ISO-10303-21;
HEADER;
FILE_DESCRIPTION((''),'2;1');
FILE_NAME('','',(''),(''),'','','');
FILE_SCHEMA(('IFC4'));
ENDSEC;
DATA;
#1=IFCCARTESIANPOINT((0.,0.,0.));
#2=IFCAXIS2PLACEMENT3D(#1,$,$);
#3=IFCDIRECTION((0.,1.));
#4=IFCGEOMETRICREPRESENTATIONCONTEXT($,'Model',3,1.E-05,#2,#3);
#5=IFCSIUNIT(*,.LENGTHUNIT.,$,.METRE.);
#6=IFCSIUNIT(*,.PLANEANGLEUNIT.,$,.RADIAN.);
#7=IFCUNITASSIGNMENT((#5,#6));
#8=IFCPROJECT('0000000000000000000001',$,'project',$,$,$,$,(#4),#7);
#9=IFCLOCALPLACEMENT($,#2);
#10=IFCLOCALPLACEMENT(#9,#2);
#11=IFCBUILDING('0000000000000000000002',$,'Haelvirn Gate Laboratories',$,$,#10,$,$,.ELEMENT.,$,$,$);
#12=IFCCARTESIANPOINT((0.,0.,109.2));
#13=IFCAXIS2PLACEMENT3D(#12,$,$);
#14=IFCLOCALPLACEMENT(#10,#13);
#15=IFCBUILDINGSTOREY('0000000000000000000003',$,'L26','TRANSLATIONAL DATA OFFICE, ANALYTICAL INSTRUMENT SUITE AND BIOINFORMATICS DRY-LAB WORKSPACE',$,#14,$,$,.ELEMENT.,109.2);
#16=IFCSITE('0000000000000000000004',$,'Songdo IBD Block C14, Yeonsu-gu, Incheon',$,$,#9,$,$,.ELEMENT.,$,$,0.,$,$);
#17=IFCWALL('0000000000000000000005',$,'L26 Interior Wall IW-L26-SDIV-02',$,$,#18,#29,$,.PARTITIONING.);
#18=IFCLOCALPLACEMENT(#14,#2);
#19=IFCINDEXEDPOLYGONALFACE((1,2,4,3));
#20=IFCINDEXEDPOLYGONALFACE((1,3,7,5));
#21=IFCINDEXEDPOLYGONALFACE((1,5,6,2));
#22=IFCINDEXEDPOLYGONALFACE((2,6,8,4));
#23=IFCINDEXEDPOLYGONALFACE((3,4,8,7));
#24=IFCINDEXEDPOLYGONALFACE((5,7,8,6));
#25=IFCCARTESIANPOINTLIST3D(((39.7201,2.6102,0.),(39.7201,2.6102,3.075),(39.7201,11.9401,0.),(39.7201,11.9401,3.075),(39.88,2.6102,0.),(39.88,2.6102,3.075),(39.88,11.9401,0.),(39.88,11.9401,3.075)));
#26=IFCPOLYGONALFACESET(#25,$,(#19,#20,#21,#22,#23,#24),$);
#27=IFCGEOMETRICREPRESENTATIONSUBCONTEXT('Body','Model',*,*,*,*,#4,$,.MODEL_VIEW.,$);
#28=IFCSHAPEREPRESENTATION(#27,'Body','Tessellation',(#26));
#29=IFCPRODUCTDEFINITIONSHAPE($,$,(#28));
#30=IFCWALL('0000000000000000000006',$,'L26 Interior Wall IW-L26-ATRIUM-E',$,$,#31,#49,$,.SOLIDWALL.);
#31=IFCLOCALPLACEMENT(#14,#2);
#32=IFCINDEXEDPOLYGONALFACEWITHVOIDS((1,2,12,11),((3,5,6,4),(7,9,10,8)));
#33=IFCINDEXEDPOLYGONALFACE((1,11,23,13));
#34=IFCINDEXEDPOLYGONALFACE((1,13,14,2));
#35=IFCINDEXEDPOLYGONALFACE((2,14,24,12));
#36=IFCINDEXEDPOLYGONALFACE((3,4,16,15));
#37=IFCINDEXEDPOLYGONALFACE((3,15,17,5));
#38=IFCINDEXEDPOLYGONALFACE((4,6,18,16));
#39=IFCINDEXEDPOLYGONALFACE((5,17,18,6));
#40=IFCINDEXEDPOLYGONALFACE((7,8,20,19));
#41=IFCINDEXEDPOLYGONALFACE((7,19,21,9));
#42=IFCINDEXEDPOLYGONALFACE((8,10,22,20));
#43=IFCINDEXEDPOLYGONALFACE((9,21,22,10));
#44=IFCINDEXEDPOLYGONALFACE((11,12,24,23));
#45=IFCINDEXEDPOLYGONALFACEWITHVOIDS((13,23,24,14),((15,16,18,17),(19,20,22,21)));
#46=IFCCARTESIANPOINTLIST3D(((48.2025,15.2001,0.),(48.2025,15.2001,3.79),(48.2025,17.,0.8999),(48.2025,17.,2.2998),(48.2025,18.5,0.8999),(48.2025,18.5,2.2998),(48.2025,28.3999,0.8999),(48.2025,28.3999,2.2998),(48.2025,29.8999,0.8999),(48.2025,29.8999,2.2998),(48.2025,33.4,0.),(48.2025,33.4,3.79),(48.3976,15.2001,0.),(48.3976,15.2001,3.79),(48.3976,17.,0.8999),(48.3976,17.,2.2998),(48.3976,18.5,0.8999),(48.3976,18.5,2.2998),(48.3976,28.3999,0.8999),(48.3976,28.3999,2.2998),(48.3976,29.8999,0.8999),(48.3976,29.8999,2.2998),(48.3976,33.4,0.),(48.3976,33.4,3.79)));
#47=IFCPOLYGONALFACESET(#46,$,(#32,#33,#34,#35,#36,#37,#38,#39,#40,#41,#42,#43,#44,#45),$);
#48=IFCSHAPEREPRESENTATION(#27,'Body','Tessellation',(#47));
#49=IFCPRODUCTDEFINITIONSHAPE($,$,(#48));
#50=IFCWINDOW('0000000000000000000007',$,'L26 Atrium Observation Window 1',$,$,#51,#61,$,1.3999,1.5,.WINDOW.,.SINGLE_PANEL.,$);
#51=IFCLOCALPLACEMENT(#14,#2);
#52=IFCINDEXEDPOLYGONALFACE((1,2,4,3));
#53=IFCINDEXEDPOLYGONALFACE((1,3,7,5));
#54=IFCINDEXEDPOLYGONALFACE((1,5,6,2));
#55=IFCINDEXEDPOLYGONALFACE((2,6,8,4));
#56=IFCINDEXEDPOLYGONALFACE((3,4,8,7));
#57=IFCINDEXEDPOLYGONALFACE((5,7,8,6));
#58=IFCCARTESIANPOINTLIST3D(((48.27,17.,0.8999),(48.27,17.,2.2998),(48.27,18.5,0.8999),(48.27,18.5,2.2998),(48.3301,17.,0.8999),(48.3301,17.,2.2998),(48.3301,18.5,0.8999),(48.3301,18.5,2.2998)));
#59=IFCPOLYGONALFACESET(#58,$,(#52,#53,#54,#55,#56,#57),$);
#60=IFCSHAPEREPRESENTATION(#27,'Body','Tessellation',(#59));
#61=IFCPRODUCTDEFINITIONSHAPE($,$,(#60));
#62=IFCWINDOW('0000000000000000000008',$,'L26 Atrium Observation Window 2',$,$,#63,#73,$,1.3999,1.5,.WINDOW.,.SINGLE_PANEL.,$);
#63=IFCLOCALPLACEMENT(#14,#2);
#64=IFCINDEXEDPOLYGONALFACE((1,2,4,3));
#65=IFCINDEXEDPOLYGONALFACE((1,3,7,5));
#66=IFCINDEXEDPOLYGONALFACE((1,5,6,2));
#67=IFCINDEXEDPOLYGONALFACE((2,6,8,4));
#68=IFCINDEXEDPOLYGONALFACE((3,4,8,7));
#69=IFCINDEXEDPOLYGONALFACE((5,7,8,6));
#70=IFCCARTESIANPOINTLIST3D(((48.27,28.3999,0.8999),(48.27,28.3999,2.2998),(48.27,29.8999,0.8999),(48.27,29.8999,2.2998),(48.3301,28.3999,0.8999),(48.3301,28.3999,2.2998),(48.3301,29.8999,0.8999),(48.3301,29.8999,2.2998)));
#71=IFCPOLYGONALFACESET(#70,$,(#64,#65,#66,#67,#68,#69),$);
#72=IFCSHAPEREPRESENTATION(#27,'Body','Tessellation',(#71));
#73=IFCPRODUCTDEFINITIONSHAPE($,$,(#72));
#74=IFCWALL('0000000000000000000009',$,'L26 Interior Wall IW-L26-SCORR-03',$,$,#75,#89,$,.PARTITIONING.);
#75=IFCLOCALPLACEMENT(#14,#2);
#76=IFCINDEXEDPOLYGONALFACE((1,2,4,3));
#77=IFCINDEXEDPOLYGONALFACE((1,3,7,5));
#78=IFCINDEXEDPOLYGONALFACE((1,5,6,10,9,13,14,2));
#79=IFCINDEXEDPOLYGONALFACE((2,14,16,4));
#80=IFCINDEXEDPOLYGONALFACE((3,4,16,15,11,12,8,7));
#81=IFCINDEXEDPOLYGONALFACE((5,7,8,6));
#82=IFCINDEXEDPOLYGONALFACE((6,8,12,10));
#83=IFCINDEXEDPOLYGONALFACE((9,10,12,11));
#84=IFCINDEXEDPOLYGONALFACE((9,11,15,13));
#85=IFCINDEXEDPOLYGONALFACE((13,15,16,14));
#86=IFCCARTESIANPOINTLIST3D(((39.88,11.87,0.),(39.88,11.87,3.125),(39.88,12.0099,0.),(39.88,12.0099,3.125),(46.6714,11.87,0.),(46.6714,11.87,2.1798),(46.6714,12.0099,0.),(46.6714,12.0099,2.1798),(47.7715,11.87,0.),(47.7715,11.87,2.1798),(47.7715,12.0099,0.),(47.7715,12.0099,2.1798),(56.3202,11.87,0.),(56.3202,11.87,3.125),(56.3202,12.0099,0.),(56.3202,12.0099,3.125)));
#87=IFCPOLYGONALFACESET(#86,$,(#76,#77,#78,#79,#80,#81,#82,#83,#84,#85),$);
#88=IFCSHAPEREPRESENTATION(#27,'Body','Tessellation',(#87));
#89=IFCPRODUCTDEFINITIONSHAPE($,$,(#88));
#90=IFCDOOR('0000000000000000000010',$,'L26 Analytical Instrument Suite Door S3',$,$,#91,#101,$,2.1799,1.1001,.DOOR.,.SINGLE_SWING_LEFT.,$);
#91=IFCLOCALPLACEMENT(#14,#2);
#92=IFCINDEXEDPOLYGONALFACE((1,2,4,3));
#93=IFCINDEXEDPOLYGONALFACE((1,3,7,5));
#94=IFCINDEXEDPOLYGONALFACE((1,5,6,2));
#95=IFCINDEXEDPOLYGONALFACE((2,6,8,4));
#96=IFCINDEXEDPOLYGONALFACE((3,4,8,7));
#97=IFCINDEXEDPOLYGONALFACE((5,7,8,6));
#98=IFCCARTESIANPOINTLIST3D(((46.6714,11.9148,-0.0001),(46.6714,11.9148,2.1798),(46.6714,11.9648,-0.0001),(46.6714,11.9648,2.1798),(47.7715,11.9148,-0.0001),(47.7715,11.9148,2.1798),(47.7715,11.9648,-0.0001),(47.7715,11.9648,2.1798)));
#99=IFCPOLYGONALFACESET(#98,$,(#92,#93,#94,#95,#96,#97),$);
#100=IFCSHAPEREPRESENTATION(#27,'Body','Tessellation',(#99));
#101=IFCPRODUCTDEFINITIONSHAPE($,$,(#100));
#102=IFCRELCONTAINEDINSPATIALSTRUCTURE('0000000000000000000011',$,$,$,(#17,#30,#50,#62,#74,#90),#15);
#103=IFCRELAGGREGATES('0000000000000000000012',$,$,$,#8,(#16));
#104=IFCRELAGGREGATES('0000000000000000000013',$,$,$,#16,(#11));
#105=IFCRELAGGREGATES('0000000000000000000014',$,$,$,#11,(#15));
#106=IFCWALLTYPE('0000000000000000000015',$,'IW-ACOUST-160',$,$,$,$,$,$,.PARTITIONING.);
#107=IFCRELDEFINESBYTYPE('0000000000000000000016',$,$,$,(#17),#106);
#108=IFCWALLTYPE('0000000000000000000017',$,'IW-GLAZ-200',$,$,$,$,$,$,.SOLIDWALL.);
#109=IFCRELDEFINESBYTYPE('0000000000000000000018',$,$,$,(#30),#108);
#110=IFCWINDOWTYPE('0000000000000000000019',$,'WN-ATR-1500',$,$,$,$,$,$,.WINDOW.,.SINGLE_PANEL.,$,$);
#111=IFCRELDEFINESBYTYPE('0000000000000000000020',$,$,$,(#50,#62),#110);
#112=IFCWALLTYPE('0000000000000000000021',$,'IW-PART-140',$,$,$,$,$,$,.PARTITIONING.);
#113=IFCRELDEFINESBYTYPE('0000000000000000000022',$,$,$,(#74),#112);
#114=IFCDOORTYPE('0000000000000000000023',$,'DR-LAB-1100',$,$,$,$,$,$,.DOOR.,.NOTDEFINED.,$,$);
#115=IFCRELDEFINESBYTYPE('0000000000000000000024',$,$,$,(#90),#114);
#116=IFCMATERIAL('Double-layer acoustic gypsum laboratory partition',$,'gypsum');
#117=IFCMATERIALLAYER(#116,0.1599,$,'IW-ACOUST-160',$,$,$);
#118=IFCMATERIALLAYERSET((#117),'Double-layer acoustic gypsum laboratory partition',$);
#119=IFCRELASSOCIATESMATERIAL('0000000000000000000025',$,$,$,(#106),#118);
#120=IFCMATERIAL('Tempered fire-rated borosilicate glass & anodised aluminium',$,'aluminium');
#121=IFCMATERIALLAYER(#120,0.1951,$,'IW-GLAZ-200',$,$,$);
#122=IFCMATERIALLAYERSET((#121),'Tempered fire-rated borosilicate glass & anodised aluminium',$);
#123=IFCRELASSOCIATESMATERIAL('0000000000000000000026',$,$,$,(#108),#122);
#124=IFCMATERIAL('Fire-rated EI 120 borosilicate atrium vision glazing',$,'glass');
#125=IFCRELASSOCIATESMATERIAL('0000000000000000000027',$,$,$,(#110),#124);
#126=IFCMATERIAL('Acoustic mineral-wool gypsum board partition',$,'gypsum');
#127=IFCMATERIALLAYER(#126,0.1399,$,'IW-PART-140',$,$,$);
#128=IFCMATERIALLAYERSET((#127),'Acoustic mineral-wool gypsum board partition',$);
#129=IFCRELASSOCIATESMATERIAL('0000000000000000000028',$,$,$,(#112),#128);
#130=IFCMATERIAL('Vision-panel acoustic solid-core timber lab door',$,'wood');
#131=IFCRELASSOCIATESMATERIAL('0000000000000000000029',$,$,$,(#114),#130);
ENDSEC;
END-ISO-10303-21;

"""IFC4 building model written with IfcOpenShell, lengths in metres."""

from ifc_helpers import new_model, si_unit, direction, frame, frame_2d, origin, place, context, subcontext, project, spatial, rectangle, extrude, source, transform, mapped, material, layer, layer_set, type_object, type_shapes, element, fill, save


model = new_model("IFC4")

# Units and contexts
model_context = context("Model", 3, precision=1e-05, world=origin(), true_north=direction((0.0, 1.0)))
body_context = subcontext(model_context, "Body", "Model", "MODEL_VIEW")
ifc_project = project(units=[si_unit("LENGTHUNIT", "METRE"), si_unit("PLANEANGLEUNIT", "RADIAN")], contexts=[model_context])

# Site, building, storey
site_placement = place(None, origin())
site = spatial("IfcSite", under=ifc_project, at=site_placement, Name="Songdo IBD Block C14, Yeonsu-gu, Incheon", CompositionType="ELEMENT", RefElevation=0.0)
building_placement = place(site_placement, origin())
building = spatial("IfcBuilding", under=site, at=building_placement, Name="Haelvirn Gate Laboratories", CompositionType="ELEMENT")
storey_placement = place(building_placement, frame((0.0, 0.0, 109.2)))
storey = spatial("IfcBuildingStorey", under=building, at=storey_placement, Name="L26", Description="TRANSLATIONAL DATA OFFICE, ANALYTICAL INSTRUMENT SUITE AND BIOINFORMATICS DRY-LAB WORKSPACE", CompositionType="ELEMENT", Elevation=109.2)

# Wall
ifc_material_1 = material(Name="Double-layer acoustic gypsum laboratory partition", Category="gypsum")
ifc_layer_1 = layer(ifc_material_1, 0.1599, Name="IW-ACOUST-160")
ifc_layer_set_1 = layer_set([ifc_layer_1], Name="Double-layer acoustic gypsum laboratory partition")
wall_type_1 = type_object("IfcWallType", Name="IW-ACOUST-160", PredefinedType="PARTITIONING", material=ifc_layer_set_1)
wall_1_placement = place(storey_placement, frame((39.8, 2.6101, 0.0), z_axis=(0.0, 0.0, 1.0), x_axis=(0.0, 1.0, 0.0)))
element("IfcWall", 1, at=wall_1_placement, inside=storey, type_object=wall_type_1, Name="L26 Interior Wall IW-L26-SDIV-02", PredefinedType="PARTITIONING", context=body_context, shape_type="SweptSolid", body=[
    extrude(rectangle(XDim=9.3298, YDim=0.1599, at=frame_2d((4.665, 0.0))), origin(), (0.0, 0.0, 1.0), 3.075),
])

# Wall, openings, windows
ifc_material_2 = material(Name="Tempered fire-rated borosilicate glass & anodised aluminium", Category="aluminium")
ifc_layer_2 = layer(ifc_material_2, 0.1951, Name="IW-GLAZ-200")
ifc_layer_set_2 = layer_set([ifc_layer_2], Name="Tempered fire-rated borosilicate glass & anodised aluminium")
wall_type_2 = type_object("IfcWallType", Name="IW-GLAZ-200", PredefinedType="SOLIDWALL", material=ifc_layer_set_2)
wall_2_placement = place(storey_placement, frame((48.3, 15.2, 0.0), z_axis=(0.0, 0.0, 1.0), x_axis=(0.0, 1.0, 0.0)))
wall_2 = element("IfcWall", 2, at=wall_2_placement, inside=storey, type_object=wall_type_2, Name="L26 Interior Wall IW-L26-ATRIUM-E", PredefinedType="SOLIDWALL", context=body_context, shape_type="SweptSolid", body=[
    extrude(rectangle(XDim=18.2, YDim=0.1951, at=frame_2d((9.1001, 0.0))), origin(), (0.0, 0.0, 1.0), 3.79),
])
opening_1_placement = place(wall_2_placement, frame((1.8, 0.0, 0.8999)))
opening_1 = element("IfcOpeningElement", 3, at=opening_1_placement, cuts=wall_2, PredefinedType="OPENING", context=body_context, shape_type="SweptSolid", body=[
    extrude(rectangle(XDim=1.5, YDim=1.3999, at=frame_2d((0.75, 0.7))), frame((0.0, 0.1074, 0.0), z_axis=(0.0, -1.0, 0.0), x_axis=(1.0, 0.0, 0.0)), (0.0, 0.0, 1.0), 0.2151),
])
opening_2_placement = place(wall_2_placement, frame((13.2, 0.0, 0.8999)))
opening_2 = element("IfcOpeningElement", 4, at=opening_2_placement, cuts=wall_2, PredefinedType="OPENING", context=body_context, shape_type="SweptSolid", body=[
    extrude(rectangle(XDim=1.5, YDim=1.3999, at=frame_2d((0.75, 0.7))), frame((0.0, 0.1074, 0.0), z_axis=(0.0, -1.0, 0.0), x_axis=(1.0, 0.0, 0.0)), (0.0, 0.0, 1.0), 0.2151),
])
ifc_material_3 = material(Name="Fire-rated EI 120 borosilicate atrium vision glazing", Category="glass")
window_type = type_object("IfcWindowType", Name="WN-ATR-1500", PartitioningType="SINGLE_PANEL", PredefinedType="WINDOW", material=ifc_material_3)
shared_shape_1 = source(origin(), body_context, "Body", "SweptSolid", [
    extrude(rectangle(XDim=1.5, YDim=1.3999, at=frame_2d((0.75, 0.7))), frame((0.0, 0.03, 0.0), z_axis=(0.0, -1.0, 0.0), x_axis=(1.0, 0.0, 0.0)), (0.0, 0.0, 1.0), 0.0601),
])
type_shapes(window_type, [shared_shape_1])
window_1_placement = place(opening_1_placement, origin())
window_1 = element("IfcWindow", 5, at=window_1_placement, inside=storey, type_object=window_type, Name="L26 Atrium Observation Window 1", OverallHeight=1.3999, OverallWidth=1.5, PartitioningType="SINGLE_PANEL", PredefinedType="WINDOW", context=body_context, shape_type="MappedRepresentation", body=[
    mapped(shared_shape_1, transform((0.0, 0.0, 0.0), scale=1.0)),
])
fill(opening_1, window_1)
window_2_placement = place(opening_2_placement, origin())
window_2 = element("IfcWindow", 6, at=window_2_placement, inside=storey, type_object=window_type, Name="L26 Atrium Observation Window 2", OverallHeight=1.3999, OverallWidth=1.5, PartitioningType="SINGLE_PANEL", PredefinedType="WINDOW", context=body_context, shape_type="MappedRepresentation", body=[
    mapped(shared_shape_1, transform((0.0, 0.0, 0.0), scale=1.0)),
])
fill(opening_2, window_2)

# Wall, opening, door
ifc_material_4 = material(Name="Acoustic mineral-wool gypsum board partition", Category="gypsum")
ifc_layer_3 = layer(ifc_material_4, 0.1399, Name="IW-PART-140")
ifc_layer_set_3 = layer_set([ifc_layer_3], Name="Acoustic mineral-wool gypsum board partition")
wall_type_3 = type_object("IfcWallType", Name="IW-PART-140", PredefinedType="PARTITIONING", material=ifc_layer_set_3)
wall_3_placement = place(storey_placement, frame((39.8799, 11.9399, 0.0), z_axis=(0.0, 0.0, 1.0), x_axis=(1.0, 0.0, 0.0)))
wall_3 = element("IfcWall", 7, at=wall_3_placement, inside=storey, type_object=wall_type_3, Name="L26 Interior Wall IW-L26-SCORR-03", PredefinedType="PARTITIONING", context=body_context, shape_type="SweptSolid", body=[
    extrude(rectangle(XDim=16.4402, YDim=0.1399, at=frame_2d((8.2202, 0.0))), origin(), (0.0, 0.0, 1.0), 3.125),
])
opening_3_placement = place(wall_3_placement, frame((6.7915, 0.0, 0.0)))
opening_3 = element("IfcOpeningElement", 8, at=opening_3_placement, cuts=wall_3, PredefinedType="OPENING", context=body_context, shape_type="SweptSolid", body=[
    extrude(rectangle(XDim=1.1001, YDim=2.1799, at=frame_2d((0.55, 1.0898))), frame((0.0, 0.0801, 0.0), z_axis=(0.0, -1.0, 0.0), x_axis=(1.0, 0.0, 0.0)), (0.0, 0.0, 1.0), 0.1599),
])
ifc_material_5 = material(Name="Vision-panel acoustic solid-core timber lab door", Category="wood")
door_type_1 = type_object("IfcDoorType", Name="DR-LAB-1100", OperationType="NOTDEFINED", PredefinedType="DOOR", material=ifc_material_5)
shared_shape_2 = source(origin(), body_context, "Body", "SweptSolid", [
    extrude(rectangle(XDim=1.1001, YDim=2.1799, at=frame_2d((0.55, 1.0898))), frame((0.0, 0.0249, 0.0), z_axis=(0.0, -1.0, 0.0), x_axis=(1.0, 0.0, 0.0)), (0.0, 0.0, 1.0), 0.05),
])
type_shapes(door_type_1, [shared_shape_2])
door_1_placement = place(opening_3_placement, origin())
door_1 = element("IfcDoor", 9, at=door_1_placement, inside=storey, type_object=door_type_1, Name="L26 Analytical Instrument Suite Door S3", OperationType="SINGLE_SWING_LEFT", OverallHeight=2.1799, OverallWidth=1.1001, PredefinedType="DOOR", context=body_context, shape_type="MappedRepresentation", body=[
    mapped(shared_shape_2, transform((0.0, 0.0, 0.0), scale=1.0)),
])
fill(opening_3, door_1)

save(model, "model.ifc")
